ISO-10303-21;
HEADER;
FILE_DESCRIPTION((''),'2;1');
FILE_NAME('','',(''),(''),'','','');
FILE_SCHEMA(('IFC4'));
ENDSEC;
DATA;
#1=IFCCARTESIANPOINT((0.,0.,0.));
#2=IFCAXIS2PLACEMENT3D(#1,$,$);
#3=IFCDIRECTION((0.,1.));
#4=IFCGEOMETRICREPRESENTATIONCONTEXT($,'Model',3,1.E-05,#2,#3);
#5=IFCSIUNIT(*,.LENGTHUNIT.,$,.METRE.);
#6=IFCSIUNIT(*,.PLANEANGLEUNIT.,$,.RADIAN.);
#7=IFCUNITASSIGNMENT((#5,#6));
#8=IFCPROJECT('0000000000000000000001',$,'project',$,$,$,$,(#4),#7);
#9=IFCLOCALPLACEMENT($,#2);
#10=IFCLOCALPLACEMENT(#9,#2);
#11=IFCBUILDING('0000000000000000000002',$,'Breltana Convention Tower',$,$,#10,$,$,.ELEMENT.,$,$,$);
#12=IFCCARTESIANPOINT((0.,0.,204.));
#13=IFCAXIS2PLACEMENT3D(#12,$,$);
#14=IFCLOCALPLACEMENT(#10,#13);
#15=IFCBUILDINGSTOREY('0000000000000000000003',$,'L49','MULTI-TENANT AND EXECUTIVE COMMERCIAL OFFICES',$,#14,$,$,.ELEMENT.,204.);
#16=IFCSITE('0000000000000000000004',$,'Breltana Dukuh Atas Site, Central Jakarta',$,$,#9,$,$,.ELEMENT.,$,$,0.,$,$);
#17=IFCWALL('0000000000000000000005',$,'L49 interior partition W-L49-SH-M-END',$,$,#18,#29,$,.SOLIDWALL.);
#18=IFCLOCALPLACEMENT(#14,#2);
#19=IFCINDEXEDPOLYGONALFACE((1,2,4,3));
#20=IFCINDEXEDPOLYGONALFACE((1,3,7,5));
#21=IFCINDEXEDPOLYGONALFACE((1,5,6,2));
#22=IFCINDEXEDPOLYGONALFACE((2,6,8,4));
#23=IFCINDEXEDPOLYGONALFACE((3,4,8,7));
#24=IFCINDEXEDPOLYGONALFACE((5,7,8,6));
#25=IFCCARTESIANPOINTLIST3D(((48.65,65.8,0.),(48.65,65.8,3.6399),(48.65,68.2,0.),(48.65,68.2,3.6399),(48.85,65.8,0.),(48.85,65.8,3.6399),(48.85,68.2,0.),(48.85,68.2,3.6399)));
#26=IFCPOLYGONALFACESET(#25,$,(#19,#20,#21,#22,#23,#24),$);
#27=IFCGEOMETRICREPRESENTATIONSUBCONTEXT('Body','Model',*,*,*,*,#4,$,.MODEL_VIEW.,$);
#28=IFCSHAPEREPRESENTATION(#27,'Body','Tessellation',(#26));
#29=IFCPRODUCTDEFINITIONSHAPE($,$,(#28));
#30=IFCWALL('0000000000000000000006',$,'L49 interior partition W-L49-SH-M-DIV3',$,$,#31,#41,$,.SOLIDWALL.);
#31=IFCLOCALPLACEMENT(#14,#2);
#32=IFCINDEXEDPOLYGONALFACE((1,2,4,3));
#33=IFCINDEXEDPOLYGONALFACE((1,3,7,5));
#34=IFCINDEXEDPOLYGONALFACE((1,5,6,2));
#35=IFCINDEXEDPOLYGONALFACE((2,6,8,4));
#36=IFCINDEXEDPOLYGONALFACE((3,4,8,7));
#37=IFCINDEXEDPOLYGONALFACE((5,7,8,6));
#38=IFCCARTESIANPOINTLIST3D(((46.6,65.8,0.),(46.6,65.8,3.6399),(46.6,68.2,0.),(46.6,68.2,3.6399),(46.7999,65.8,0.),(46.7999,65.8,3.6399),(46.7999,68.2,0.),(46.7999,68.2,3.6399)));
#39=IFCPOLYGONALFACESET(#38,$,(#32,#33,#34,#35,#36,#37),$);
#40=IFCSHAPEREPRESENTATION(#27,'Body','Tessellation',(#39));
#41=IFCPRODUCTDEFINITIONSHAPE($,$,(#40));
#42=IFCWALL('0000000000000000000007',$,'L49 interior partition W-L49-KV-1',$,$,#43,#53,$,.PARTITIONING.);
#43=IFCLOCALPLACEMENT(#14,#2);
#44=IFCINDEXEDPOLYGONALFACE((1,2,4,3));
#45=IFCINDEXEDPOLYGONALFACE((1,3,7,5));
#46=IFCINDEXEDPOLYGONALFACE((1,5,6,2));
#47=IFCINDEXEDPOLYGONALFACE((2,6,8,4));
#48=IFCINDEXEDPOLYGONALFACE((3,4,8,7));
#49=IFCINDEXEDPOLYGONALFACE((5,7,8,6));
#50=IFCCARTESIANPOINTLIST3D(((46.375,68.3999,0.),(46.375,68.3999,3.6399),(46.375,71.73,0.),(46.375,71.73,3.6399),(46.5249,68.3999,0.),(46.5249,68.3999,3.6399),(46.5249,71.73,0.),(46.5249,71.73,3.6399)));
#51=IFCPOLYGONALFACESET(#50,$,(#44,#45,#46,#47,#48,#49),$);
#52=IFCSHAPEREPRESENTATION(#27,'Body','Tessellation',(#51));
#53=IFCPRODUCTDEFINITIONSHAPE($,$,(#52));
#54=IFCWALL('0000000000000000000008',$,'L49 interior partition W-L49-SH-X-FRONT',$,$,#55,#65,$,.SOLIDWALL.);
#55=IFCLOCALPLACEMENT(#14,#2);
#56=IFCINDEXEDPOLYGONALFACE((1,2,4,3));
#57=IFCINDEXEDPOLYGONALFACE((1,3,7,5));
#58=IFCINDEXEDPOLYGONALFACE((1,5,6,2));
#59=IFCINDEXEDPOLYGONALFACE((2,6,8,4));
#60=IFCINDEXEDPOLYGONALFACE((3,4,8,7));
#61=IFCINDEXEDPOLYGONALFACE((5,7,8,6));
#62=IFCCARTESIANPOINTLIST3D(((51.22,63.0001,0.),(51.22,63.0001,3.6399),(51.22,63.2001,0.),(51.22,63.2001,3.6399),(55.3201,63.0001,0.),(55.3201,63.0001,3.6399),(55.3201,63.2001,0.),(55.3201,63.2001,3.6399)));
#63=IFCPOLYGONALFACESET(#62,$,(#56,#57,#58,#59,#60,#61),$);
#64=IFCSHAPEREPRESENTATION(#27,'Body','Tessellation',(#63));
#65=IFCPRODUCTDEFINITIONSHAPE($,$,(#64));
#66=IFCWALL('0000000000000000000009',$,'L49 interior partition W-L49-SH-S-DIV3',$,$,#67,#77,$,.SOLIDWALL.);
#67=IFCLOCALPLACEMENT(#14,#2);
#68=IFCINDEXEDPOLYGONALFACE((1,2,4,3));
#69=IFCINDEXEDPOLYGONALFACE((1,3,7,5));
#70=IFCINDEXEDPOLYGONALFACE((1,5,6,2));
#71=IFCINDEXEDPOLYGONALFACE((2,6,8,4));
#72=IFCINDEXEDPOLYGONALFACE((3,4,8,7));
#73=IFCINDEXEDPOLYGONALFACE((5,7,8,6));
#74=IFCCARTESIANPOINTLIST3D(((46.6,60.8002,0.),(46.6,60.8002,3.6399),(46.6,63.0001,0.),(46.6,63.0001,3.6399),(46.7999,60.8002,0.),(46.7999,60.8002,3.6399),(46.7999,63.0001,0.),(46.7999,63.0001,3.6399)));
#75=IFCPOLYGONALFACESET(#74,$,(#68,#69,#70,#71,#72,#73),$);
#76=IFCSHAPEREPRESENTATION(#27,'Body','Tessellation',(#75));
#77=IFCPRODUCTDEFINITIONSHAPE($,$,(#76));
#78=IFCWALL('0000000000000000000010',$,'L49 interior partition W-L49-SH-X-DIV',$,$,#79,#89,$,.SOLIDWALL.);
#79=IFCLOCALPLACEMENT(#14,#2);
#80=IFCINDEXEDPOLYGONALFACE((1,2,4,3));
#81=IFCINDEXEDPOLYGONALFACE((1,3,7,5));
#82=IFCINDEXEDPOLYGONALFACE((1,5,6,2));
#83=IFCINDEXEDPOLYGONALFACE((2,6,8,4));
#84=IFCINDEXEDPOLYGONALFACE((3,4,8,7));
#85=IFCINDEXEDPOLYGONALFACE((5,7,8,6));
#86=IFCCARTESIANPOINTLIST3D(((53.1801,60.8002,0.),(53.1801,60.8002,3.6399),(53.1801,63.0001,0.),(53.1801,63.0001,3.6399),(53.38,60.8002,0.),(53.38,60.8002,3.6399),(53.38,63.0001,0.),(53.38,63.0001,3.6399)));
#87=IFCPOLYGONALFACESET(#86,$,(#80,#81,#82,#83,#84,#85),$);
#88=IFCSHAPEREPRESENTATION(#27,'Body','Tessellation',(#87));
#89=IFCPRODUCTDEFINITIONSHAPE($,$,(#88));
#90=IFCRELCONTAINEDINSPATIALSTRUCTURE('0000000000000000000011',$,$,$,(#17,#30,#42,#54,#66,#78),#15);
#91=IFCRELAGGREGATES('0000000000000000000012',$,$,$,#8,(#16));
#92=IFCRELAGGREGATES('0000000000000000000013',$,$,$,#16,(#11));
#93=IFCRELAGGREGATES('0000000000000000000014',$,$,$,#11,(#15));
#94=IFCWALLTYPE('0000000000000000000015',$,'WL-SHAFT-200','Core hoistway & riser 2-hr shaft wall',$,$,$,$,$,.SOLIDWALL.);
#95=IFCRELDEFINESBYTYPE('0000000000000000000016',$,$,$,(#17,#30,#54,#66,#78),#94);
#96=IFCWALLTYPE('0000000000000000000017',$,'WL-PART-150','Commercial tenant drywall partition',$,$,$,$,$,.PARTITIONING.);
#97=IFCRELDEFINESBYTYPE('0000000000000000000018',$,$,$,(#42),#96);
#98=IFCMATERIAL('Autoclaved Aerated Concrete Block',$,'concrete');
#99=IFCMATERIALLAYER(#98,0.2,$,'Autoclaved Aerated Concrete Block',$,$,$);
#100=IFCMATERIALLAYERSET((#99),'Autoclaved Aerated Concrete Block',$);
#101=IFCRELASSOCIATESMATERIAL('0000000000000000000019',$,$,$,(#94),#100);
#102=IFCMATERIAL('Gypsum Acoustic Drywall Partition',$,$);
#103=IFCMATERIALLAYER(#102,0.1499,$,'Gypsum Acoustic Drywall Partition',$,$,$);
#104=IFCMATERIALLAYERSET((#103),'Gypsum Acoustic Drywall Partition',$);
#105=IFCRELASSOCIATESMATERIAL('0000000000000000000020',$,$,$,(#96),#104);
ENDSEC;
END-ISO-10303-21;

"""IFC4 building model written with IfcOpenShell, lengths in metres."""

from ifc_helpers import new_model, si_unit, direction, frame, frame_2d, origin, place, context, subcontext, project, spatial, rectangle, extrude, source, transform, mapped, material, layer, layer_set, type_object, element, save


model = new_model("IFC4")

# Units and contexts
model_context = context("Model", 3, precision=1e-05, world=origin(), true_north=direction((0.0, 1.0)))
body_context = subcontext(model_context, "Body", "Model", "MODEL_VIEW")
ifc_project = project(units=[si_unit("LENGTHUNIT", "METRE"), si_unit("PLANEANGLEUNIT", "RADIAN")], contexts=[model_context])

# Site, building, storey
site_placement = place(None, origin())
site = spatial("IfcSite", under=ifc_project, at=site_placement, Name="Breltana Dukuh Atas Site, Central Jakarta", CompositionType="ELEMENT", RefElevation=0.0)
building_placement = place(site_placement, origin())
building = spatial("IfcBuilding", under=site, at=building_placement, Name="Breltana Convention Tower", CompositionType="ELEMENT")
storey_placement = place(building_placement, frame((0.0, 0.0, 204.0)))
storey = spatial("IfcBuildingStorey", under=building, at=storey_placement, Name="L49", Description="MULTI-TENANT AND EXECUTIVE COMMERCIAL OFFICES", CompositionType="ELEMENT", Elevation=204.0)

# Shared definitions
ifc_material_1 = material(Name="Autoclaved Aerated Concrete Block", Category="concrete")
ifc_layer_1 = layer(ifc_material_1, 0.2, Name="Autoclaved Aerated Concrete Block")
ifc_layer_set_1 = layer_set([ifc_layer_1], Name="Autoclaved Aerated Concrete Block")
wall_type_1 = type_object("IfcWallType", Name="WL-SHAFT-200", Description="Core hoistway & riser 2-hr shaft wall", PredefinedType="SOLIDWALL", material=ifc_layer_set_1)

# Walls
shared_shape_1 = source(origin(), body_context, "Body", "SweptSolid", [
    extrude(rectangle(XDim=2.3999, YDim=0.2, at=frame_2d((1.2, 0.0))), origin(), (0.0, 0.0, 1.0), 3.6399),
])
for number, where, z_axis, x_axis, name in (
    (1, (48.75, 65.8, 0.0), (0.0, 0.0, 1.0), (0.0, 1.0, 0.0), "L49 interior partition W-L49-SH-M-END"),
    (2, (46.7, 65.8, 0.0), (0.0, 0.0, 1.0), (0.0, 1.0, 0.0), "L49 interior partition W-L49-SH-M-DIV3"),
):
    element("IfcWall", number, at=place(storey_placement, frame(where, z_axis=z_axis, x_axis=x_axis)), inside=storey, type_object=wall_type_1, Name=name, PredefinedType="SOLIDWALL", context=body_context, shape_type="MappedRepresentation", body=[
        mapped(shared_shape_1, transform((0.0, 0.0, 0.0), scale=1.0)),
    ])
ifc_material_2 = material(Name="Gypsum Acoustic Drywall Partition")
ifc_layer_2 = layer(ifc_material_2, 0.1499, Name="Gypsum Acoustic Drywall Partition")
ifc_layer_set_2 = layer_set([ifc_layer_2], Name="Gypsum Acoustic Drywall Partition")
wall_type_2 = type_object("IfcWallType", Name="WL-PART-150", Description="Commercial tenant drywall partition", PredefinedType="PARTITIONING", material=ifc_layer_set_2)
shared_shape_2 = source(origin(), body_context, "Body", "SweptSolid", [
    extrude(rectangle(XDim=3.3301, YDim=0.1499, at=frame_2d((1.665, 0.0))), origin(), (0.0, 0.0, 1.0), 3.6399),
])
wall_1_placement = place(storey_placement, frame((46.45, 68.3999, 0.0), z_axis=(0.0, 0.0, 1.0), x_axis=(0.0, 1.0, 0.0)))
element("IfcWall", 3, at=wall_1_placement, inside=storey, type_object=wall_type_2, Name="L49 interior partition W-L49-KV-1", PredefinedType="PARTITIONING", context=body_context, shape_type="MappedRepresentation", body=[
    mapped(shared_shape_2, transform((0.0, 0.0, 0.0), scale=1.0)),
])
shared_shape_3 = source(origin(), body_context, "Body", "SweptSolid", [
    extrude(rectangle(XDim=4.1001, YDim=0.2, at=frame_2d((2.05, 0.0))), origin(), (0.0, 0.0, 1.0), 3.6399),
])
wall_2_placement = place(storey_placement, frame((51.22, 63.1001, 0.0), z_axis=(0.0, 0.0, 1.0), x_axis=(1.0, 0.0, 0.0)))
element("IfcWall", 4, at=wall_2_placement, inside=storey, type_object=wall_type_1, Name="L49 interior partition W-L49-SH-X-FRONT", PredefinedType="SOLIDWALL", context=body_context, shape_type="MappedRepresentation", body=[
    mapped(shared_shape_3, transform((0.0, 0.0, 0.0), scale=1.0)),
])
shared_shape_4 = source(origin(), body_context, "Body", "SweptSolid", [
    extrude(rectangle(XDim=2.2, YDim=0.2, at=frame_2d((1.1001, 0.0))), origin(), (0.0, 0.0, 1.0), 3.6399),
])
for number, where, z_axis, x_axis, name in (
    (5, (46.7, 60.8, 0.0), (0.0, 0.0, 1.0), (0.0, 1.0, 0.0), "L49 interior partition W-L49-SH-S-DIV3"),
    (6, (53.28, 60.8, 0.0), (0.0, 0.0, 1.0), (0.0, 1.0, 0.0), "L49 interior partition W-L49-SH-X-DIV"),
):
    element("IfcWall", number, at=place(storey_placement, frame(where, z_axis=z_axis, x_axis=x_axis)), inside=storey, type_object=wall_type_1, Name=name, PredefinedType="SOLIDWALL", context=body_context, shape_type="MappedRepresentation", body=[
        mapped(shared_shape_4, transform((0.0, 0.0, 0.0), scale=1.0)),
    ])

save(model, "model.ifc")
